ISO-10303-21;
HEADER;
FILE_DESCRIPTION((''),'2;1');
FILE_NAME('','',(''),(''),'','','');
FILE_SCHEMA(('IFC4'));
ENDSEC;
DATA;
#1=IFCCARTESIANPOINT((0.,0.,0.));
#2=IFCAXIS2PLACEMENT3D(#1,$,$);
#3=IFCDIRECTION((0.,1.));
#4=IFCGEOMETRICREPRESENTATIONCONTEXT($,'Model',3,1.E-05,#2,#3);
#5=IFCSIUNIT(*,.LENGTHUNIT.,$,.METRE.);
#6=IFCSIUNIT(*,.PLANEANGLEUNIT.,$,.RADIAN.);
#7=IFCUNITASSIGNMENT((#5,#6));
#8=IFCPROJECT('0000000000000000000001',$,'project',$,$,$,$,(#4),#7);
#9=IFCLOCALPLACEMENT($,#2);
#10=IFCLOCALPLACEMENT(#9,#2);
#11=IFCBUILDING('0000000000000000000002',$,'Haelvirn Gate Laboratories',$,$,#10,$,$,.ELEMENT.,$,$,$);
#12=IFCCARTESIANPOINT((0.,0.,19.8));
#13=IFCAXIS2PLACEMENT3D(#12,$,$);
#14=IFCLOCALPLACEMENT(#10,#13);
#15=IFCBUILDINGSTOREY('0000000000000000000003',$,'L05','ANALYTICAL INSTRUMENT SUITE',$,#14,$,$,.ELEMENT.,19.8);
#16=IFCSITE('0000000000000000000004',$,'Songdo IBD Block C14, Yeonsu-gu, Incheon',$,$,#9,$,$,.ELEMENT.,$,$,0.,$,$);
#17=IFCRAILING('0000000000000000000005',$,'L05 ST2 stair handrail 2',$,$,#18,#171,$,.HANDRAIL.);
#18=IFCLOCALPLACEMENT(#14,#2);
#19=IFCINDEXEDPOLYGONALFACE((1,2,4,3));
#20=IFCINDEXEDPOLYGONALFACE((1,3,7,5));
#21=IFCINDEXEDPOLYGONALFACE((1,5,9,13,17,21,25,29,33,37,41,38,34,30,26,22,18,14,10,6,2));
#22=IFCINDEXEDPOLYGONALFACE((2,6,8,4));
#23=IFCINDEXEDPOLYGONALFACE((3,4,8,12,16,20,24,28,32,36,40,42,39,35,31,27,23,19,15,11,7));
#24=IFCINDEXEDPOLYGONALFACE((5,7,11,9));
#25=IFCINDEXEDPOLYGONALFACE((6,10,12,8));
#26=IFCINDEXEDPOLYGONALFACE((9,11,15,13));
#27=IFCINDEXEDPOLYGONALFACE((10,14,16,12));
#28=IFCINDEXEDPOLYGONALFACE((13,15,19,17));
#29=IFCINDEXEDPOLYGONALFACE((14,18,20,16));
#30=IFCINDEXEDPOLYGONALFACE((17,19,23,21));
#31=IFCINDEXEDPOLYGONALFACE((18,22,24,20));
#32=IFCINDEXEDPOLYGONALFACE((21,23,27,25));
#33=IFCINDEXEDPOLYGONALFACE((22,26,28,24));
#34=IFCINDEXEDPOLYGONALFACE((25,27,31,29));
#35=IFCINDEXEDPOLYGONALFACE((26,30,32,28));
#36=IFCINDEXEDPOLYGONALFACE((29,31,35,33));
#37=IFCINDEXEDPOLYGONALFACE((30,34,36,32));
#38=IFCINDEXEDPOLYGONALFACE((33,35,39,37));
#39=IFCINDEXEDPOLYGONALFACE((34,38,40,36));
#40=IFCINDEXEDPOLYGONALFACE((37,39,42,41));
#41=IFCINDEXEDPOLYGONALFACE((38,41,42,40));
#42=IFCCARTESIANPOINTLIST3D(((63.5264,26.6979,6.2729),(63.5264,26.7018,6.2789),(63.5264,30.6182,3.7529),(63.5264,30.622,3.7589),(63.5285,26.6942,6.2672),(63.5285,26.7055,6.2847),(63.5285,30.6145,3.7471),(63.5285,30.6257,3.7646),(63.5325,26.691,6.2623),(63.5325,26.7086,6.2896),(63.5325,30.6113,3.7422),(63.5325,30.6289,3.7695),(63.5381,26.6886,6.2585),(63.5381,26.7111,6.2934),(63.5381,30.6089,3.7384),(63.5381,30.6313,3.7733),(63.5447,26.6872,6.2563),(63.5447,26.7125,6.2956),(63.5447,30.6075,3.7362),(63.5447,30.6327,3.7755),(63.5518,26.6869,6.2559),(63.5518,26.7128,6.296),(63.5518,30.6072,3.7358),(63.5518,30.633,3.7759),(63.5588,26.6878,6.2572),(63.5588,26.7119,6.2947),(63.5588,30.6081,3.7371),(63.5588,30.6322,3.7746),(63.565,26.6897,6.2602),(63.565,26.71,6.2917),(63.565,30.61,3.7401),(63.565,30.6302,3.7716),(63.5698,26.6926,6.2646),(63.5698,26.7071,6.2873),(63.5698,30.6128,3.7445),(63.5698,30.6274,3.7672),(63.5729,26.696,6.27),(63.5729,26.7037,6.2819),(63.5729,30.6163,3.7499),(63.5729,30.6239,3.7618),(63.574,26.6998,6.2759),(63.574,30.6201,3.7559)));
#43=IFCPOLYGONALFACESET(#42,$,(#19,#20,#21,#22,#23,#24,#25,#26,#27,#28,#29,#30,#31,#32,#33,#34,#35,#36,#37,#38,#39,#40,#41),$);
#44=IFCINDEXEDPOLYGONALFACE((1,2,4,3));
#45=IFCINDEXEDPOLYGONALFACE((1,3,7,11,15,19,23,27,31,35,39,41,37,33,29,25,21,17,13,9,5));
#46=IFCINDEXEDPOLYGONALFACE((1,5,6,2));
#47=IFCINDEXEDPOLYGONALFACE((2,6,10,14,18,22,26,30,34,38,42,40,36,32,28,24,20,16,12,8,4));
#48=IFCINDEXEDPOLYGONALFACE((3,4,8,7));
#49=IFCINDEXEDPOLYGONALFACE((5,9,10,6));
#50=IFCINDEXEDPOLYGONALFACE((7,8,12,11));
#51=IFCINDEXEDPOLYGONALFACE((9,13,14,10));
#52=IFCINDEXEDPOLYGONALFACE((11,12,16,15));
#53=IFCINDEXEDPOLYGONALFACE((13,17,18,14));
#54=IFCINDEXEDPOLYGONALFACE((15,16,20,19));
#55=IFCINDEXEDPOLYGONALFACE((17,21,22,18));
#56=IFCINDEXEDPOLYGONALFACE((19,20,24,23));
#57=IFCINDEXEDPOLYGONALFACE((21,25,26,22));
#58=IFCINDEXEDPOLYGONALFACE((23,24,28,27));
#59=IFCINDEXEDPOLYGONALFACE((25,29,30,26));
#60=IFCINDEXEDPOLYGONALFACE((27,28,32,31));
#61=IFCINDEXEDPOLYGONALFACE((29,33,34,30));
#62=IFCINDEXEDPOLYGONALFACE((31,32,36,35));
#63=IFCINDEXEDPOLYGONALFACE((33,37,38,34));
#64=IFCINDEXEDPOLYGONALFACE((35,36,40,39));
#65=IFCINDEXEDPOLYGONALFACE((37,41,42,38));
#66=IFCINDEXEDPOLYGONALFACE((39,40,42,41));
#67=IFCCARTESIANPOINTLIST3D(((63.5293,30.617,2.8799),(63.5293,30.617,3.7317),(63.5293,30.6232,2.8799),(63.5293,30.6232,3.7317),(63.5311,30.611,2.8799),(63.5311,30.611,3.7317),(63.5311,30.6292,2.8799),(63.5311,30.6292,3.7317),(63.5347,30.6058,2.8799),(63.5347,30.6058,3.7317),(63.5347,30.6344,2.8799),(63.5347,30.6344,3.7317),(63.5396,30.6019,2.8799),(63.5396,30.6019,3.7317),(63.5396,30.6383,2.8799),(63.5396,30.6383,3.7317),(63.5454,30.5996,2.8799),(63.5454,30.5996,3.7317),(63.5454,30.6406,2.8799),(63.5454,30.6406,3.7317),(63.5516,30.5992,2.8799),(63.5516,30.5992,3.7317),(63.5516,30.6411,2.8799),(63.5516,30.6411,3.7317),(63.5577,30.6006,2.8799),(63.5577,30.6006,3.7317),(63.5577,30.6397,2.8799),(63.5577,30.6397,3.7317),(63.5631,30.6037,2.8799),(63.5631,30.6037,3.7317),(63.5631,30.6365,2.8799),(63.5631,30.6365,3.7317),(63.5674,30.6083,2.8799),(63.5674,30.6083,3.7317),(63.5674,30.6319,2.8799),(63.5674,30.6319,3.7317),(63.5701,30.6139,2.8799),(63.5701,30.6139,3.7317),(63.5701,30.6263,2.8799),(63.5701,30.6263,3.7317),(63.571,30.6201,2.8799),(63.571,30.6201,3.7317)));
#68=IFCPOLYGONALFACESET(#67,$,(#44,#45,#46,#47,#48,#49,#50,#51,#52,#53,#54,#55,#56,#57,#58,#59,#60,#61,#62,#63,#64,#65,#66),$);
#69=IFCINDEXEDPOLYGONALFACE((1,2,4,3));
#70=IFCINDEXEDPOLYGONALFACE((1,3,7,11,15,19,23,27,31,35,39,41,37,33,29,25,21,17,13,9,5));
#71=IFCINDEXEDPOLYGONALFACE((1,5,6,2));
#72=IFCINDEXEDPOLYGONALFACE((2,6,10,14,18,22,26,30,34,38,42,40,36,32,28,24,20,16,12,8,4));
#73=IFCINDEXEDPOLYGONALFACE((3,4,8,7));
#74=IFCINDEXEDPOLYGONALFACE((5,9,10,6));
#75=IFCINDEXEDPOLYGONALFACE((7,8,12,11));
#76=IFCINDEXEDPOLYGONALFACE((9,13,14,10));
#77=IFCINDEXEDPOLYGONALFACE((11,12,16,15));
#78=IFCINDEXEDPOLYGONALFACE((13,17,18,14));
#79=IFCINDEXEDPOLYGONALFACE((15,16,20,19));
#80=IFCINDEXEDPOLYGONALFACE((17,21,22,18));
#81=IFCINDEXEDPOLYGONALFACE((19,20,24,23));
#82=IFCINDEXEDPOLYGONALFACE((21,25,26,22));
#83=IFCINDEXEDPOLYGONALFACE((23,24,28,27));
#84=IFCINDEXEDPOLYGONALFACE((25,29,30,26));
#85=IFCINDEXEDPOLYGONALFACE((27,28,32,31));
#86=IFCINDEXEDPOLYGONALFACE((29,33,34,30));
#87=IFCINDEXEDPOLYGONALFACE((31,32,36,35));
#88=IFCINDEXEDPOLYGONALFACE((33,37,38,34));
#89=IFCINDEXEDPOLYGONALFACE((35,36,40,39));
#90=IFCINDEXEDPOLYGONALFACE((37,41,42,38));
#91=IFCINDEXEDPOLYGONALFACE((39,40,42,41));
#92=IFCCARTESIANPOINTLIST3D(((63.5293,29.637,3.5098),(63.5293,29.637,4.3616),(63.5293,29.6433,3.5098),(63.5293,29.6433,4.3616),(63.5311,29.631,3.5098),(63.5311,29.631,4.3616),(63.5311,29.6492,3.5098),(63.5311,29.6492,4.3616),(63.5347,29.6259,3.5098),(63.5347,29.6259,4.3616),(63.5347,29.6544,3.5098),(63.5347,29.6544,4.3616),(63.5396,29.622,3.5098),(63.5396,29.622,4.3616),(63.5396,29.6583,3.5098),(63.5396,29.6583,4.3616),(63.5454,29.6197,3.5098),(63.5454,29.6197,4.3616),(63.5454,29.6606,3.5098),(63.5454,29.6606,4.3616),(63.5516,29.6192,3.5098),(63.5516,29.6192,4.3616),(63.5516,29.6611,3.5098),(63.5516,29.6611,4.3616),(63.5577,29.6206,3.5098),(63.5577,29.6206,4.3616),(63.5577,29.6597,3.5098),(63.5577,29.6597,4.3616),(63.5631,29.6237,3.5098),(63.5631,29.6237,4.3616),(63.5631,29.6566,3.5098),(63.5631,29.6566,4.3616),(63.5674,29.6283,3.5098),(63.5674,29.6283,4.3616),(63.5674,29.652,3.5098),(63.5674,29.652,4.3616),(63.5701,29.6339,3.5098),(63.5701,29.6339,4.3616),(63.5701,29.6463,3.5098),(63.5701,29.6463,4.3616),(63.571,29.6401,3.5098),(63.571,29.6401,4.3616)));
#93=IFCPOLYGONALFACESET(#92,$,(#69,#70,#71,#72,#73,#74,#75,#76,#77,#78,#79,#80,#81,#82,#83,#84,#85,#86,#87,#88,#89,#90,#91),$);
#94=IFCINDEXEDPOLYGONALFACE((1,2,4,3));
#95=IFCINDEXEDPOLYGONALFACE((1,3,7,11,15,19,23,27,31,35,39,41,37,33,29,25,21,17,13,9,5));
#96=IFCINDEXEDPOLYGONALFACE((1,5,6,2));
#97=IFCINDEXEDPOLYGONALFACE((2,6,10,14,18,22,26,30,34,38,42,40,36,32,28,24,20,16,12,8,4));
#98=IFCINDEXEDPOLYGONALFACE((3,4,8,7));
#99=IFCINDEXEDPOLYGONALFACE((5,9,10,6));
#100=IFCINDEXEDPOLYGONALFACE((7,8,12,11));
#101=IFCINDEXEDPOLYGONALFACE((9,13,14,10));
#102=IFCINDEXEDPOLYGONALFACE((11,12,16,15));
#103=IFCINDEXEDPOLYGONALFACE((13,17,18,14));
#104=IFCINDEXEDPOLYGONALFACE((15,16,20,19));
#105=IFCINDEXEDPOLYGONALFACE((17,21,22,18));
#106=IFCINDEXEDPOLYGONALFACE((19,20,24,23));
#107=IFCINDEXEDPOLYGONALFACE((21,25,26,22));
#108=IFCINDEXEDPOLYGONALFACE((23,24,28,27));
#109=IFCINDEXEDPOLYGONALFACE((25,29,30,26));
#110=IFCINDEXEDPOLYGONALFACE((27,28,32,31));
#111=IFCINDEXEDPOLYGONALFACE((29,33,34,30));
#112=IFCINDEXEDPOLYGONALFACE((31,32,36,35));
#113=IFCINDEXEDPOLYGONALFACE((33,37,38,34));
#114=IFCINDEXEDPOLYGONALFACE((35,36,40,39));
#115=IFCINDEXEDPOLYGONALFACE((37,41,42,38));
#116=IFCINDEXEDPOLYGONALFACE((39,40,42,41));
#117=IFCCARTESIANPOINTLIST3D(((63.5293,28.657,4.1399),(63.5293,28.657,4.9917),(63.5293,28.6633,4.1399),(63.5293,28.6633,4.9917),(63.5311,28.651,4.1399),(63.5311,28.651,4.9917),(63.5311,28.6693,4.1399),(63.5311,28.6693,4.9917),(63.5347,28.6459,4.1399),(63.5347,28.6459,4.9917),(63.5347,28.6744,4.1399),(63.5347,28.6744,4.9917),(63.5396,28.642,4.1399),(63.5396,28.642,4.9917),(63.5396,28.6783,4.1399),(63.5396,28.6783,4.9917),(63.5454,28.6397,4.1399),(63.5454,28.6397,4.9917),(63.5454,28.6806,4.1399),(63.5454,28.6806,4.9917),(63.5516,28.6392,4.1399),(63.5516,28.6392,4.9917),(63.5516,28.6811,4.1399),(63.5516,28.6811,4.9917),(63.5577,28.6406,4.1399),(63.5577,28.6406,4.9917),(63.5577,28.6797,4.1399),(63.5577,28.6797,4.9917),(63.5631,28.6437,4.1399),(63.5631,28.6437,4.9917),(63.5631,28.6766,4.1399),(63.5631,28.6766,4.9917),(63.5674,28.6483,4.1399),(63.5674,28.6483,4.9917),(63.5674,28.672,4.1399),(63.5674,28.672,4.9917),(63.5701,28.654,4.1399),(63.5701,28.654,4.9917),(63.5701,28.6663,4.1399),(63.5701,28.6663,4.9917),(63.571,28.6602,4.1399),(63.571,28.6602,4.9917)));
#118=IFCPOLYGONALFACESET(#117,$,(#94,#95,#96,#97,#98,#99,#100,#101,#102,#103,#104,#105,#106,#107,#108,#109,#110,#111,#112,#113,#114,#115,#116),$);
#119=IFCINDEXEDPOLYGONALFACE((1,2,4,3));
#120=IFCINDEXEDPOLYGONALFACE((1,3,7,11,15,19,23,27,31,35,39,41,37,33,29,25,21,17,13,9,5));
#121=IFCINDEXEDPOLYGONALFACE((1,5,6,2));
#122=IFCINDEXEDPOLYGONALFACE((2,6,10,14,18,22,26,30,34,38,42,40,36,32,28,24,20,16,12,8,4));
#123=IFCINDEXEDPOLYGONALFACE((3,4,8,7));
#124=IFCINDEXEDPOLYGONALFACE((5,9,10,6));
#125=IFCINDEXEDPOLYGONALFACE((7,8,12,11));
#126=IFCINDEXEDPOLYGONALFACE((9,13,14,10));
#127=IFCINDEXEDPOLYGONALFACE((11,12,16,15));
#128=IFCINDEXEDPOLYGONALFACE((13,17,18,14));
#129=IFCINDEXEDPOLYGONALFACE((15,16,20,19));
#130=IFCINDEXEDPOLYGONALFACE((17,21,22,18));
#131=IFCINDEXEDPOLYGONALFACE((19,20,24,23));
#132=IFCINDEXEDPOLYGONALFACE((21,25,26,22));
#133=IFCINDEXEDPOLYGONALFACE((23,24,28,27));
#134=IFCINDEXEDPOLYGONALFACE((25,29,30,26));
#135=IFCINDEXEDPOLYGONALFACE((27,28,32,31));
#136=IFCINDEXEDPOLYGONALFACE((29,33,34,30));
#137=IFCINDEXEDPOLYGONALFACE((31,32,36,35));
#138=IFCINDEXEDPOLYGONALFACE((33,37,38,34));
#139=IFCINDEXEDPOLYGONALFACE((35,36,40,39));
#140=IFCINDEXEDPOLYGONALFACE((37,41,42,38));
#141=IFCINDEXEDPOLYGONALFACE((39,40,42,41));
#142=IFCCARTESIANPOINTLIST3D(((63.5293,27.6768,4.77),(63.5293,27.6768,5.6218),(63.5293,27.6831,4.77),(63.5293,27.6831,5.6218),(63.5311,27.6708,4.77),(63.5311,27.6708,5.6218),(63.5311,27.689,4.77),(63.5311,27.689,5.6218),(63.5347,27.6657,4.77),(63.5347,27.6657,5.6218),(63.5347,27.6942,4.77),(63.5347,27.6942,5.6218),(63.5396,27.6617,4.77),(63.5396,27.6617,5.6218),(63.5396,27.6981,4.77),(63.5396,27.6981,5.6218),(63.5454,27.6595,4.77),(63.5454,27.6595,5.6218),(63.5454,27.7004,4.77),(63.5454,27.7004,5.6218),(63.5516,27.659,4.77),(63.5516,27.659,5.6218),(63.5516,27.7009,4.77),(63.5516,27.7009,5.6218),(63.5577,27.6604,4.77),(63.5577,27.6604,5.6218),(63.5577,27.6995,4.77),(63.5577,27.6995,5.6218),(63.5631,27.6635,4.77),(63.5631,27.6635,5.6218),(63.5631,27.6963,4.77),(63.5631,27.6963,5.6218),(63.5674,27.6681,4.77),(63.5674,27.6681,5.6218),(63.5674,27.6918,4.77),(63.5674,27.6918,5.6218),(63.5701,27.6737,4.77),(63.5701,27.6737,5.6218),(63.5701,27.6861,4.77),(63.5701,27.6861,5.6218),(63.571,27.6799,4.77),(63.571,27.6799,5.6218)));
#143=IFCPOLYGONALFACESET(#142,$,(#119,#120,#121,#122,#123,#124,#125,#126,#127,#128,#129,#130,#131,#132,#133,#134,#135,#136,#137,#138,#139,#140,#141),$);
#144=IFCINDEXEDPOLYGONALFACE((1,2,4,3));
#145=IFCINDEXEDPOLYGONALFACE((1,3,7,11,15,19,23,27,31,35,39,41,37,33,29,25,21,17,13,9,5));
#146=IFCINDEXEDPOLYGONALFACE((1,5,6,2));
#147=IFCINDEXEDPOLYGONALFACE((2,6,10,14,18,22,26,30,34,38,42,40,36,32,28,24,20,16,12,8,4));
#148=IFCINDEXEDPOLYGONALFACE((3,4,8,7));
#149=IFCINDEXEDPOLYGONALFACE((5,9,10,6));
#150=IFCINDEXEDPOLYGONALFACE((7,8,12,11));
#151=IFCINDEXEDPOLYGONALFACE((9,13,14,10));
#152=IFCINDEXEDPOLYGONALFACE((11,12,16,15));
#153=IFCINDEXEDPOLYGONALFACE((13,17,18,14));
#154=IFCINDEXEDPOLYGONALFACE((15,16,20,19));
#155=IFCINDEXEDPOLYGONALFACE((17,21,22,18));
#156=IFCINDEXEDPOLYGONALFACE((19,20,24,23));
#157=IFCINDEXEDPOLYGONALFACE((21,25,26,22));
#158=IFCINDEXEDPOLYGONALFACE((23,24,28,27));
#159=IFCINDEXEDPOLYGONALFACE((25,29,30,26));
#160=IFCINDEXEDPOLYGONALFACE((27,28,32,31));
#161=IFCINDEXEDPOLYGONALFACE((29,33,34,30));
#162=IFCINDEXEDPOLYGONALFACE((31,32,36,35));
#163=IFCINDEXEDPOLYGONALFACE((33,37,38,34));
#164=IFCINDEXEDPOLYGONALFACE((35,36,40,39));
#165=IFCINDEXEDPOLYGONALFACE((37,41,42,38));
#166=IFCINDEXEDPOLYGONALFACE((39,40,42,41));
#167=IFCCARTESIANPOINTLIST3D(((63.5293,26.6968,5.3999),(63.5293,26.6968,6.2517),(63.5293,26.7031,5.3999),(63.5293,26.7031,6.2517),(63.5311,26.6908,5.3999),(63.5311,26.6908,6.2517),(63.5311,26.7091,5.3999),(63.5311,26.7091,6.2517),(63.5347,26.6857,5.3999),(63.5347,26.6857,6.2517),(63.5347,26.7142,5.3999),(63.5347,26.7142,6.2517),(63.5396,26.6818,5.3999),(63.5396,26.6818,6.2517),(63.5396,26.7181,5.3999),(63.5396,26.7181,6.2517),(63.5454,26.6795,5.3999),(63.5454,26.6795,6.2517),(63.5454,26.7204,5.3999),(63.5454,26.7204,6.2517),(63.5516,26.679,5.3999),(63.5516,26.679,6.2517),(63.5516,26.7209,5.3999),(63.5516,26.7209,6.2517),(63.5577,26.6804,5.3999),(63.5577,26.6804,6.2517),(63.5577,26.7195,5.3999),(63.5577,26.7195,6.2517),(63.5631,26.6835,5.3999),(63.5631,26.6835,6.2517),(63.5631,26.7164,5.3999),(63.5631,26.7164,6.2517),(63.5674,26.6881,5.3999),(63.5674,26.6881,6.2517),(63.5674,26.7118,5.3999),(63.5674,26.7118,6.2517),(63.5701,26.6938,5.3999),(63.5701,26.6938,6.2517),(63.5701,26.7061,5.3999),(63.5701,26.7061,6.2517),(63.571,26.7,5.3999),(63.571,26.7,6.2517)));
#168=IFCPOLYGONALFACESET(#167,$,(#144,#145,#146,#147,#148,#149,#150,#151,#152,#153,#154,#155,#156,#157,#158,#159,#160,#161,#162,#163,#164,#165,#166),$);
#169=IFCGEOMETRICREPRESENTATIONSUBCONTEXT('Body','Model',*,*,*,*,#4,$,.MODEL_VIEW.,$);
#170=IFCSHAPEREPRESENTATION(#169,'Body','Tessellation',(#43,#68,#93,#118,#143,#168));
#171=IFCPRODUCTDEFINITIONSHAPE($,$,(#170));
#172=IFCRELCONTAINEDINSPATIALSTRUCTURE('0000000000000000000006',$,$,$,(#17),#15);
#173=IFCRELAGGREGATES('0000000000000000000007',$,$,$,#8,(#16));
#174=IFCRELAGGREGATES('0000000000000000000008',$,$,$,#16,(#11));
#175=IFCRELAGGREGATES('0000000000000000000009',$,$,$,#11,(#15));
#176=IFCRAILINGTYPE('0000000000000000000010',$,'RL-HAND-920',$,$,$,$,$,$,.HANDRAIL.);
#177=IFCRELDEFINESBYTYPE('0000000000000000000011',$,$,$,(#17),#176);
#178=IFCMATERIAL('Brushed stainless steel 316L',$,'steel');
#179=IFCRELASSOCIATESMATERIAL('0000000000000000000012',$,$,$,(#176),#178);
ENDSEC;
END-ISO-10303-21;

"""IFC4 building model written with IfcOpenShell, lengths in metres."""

from ifc_helpers import new_model, si_unit, direction, frame, origin, origin_2d, place, context, subcontext, project, spatial, circle, extrude, source, transform, mapped, material, type_object, element, save


model = new_model("IFC4")

# Units and contexts
model_context = context("Model", 3, precision=1e-05, world=origin(), true_north=direction((0.0, 1.0)))
body_context = subcontext(model_context, "Body", "Model", "MODEL_VIEW")
ifc_project = project(units=[si_unit("LENGTHUNIT", "METRE"), si_unit("PLANEANGLEUNIT", "RADIAN")], contexts=[model_context])

# Site, building, storey
site_placement = place(None, origin())
site = spatial("IfcSite", under=ifc_project, at=site_placement, Name="Songdo IBD Block C14, Yeonsu-gu, Incheon", CompositionType="ELEMENT", RefElevation=0.0)
building_placement = place(site_placement, origin())
building = spatial("IfcBuilding", under=site, at=building_placement, Name="Haelvirn Gate Laboratories", CompositionType="ELEMENT")
storey_placement = place(building_placement, frame((0.0, 0.0, 19.8)))
storey = spatial("IfcBuildingStorey", under=building, at=storey_placement, Name="L05", Description="ANALYTICAL INSTRUMENT SUITE", CompositionType="ELEMENT", Elevation=19.8)

# Railing
ifc_material_1 = material(Name="Brushed stainless steel 316L", Category="steel")
railing_type_1 = type_object("IfcRailingType", Name="RL-HAND-920", PredefinedType="HANDRAIL", material=ifc_material_1)
shared_shape_1 = source(origin(), body_context, "Body", "SweptSolid", [
    extrude(circle(Radius=0.0239, at=origin_2d()), frame((0.0, 0.0, 0.876), z_axis=(0.0, -0.841187, 0.540744), x_axis=(1.0, 0.0, 0.0)), (0.0, 0.0, 1.0), 4.6604),
    extrude(circle(Radius=0.021, at=origin_2d()), origin(), (0.0, 0.0, 1.0), 0.8518),
    extrude(circle(Radius=0.021, at=origin_2d()), frame((0.0, -0.98, 0.6299)), (0.0, 0.0, 1.0), 0.8518),
    extrude(circle(Radius=0.021, at=origin_2d()), frame((0.0, -1.96, 1.26)), (0.0, 0.0, 1.0), 0.8518),
    extrude(circle(Radius=0.021, at=origin_2d()), frame((0.0, -2.9402, 1.8901)), (0.0, 0.0, 1.0), 0.8518),
    extrude(circle(Radius=0.021, at=origin_2d()), frame((0.0, -3.9202, 2.52)), (0.0, 0.0, 1.0), 0.8518),
])
railing_1_placement = place(storey_placement, frame((63.55, 30.6201, 2.8799)))
element("IfcRailing", 1, at=railing_1_placement, inside=storey, type_object=railing_type_1, Name="L05 ST2 stair handrail 2", PredefinedType="HANDRAIL", context=body_context, shape_type="MappedRepresentation", body=[
    mapped(shared_shape_1, transform((0.0, 0.0, 0.0), scale=1.0)),
])

save(model, "model.ifc")
